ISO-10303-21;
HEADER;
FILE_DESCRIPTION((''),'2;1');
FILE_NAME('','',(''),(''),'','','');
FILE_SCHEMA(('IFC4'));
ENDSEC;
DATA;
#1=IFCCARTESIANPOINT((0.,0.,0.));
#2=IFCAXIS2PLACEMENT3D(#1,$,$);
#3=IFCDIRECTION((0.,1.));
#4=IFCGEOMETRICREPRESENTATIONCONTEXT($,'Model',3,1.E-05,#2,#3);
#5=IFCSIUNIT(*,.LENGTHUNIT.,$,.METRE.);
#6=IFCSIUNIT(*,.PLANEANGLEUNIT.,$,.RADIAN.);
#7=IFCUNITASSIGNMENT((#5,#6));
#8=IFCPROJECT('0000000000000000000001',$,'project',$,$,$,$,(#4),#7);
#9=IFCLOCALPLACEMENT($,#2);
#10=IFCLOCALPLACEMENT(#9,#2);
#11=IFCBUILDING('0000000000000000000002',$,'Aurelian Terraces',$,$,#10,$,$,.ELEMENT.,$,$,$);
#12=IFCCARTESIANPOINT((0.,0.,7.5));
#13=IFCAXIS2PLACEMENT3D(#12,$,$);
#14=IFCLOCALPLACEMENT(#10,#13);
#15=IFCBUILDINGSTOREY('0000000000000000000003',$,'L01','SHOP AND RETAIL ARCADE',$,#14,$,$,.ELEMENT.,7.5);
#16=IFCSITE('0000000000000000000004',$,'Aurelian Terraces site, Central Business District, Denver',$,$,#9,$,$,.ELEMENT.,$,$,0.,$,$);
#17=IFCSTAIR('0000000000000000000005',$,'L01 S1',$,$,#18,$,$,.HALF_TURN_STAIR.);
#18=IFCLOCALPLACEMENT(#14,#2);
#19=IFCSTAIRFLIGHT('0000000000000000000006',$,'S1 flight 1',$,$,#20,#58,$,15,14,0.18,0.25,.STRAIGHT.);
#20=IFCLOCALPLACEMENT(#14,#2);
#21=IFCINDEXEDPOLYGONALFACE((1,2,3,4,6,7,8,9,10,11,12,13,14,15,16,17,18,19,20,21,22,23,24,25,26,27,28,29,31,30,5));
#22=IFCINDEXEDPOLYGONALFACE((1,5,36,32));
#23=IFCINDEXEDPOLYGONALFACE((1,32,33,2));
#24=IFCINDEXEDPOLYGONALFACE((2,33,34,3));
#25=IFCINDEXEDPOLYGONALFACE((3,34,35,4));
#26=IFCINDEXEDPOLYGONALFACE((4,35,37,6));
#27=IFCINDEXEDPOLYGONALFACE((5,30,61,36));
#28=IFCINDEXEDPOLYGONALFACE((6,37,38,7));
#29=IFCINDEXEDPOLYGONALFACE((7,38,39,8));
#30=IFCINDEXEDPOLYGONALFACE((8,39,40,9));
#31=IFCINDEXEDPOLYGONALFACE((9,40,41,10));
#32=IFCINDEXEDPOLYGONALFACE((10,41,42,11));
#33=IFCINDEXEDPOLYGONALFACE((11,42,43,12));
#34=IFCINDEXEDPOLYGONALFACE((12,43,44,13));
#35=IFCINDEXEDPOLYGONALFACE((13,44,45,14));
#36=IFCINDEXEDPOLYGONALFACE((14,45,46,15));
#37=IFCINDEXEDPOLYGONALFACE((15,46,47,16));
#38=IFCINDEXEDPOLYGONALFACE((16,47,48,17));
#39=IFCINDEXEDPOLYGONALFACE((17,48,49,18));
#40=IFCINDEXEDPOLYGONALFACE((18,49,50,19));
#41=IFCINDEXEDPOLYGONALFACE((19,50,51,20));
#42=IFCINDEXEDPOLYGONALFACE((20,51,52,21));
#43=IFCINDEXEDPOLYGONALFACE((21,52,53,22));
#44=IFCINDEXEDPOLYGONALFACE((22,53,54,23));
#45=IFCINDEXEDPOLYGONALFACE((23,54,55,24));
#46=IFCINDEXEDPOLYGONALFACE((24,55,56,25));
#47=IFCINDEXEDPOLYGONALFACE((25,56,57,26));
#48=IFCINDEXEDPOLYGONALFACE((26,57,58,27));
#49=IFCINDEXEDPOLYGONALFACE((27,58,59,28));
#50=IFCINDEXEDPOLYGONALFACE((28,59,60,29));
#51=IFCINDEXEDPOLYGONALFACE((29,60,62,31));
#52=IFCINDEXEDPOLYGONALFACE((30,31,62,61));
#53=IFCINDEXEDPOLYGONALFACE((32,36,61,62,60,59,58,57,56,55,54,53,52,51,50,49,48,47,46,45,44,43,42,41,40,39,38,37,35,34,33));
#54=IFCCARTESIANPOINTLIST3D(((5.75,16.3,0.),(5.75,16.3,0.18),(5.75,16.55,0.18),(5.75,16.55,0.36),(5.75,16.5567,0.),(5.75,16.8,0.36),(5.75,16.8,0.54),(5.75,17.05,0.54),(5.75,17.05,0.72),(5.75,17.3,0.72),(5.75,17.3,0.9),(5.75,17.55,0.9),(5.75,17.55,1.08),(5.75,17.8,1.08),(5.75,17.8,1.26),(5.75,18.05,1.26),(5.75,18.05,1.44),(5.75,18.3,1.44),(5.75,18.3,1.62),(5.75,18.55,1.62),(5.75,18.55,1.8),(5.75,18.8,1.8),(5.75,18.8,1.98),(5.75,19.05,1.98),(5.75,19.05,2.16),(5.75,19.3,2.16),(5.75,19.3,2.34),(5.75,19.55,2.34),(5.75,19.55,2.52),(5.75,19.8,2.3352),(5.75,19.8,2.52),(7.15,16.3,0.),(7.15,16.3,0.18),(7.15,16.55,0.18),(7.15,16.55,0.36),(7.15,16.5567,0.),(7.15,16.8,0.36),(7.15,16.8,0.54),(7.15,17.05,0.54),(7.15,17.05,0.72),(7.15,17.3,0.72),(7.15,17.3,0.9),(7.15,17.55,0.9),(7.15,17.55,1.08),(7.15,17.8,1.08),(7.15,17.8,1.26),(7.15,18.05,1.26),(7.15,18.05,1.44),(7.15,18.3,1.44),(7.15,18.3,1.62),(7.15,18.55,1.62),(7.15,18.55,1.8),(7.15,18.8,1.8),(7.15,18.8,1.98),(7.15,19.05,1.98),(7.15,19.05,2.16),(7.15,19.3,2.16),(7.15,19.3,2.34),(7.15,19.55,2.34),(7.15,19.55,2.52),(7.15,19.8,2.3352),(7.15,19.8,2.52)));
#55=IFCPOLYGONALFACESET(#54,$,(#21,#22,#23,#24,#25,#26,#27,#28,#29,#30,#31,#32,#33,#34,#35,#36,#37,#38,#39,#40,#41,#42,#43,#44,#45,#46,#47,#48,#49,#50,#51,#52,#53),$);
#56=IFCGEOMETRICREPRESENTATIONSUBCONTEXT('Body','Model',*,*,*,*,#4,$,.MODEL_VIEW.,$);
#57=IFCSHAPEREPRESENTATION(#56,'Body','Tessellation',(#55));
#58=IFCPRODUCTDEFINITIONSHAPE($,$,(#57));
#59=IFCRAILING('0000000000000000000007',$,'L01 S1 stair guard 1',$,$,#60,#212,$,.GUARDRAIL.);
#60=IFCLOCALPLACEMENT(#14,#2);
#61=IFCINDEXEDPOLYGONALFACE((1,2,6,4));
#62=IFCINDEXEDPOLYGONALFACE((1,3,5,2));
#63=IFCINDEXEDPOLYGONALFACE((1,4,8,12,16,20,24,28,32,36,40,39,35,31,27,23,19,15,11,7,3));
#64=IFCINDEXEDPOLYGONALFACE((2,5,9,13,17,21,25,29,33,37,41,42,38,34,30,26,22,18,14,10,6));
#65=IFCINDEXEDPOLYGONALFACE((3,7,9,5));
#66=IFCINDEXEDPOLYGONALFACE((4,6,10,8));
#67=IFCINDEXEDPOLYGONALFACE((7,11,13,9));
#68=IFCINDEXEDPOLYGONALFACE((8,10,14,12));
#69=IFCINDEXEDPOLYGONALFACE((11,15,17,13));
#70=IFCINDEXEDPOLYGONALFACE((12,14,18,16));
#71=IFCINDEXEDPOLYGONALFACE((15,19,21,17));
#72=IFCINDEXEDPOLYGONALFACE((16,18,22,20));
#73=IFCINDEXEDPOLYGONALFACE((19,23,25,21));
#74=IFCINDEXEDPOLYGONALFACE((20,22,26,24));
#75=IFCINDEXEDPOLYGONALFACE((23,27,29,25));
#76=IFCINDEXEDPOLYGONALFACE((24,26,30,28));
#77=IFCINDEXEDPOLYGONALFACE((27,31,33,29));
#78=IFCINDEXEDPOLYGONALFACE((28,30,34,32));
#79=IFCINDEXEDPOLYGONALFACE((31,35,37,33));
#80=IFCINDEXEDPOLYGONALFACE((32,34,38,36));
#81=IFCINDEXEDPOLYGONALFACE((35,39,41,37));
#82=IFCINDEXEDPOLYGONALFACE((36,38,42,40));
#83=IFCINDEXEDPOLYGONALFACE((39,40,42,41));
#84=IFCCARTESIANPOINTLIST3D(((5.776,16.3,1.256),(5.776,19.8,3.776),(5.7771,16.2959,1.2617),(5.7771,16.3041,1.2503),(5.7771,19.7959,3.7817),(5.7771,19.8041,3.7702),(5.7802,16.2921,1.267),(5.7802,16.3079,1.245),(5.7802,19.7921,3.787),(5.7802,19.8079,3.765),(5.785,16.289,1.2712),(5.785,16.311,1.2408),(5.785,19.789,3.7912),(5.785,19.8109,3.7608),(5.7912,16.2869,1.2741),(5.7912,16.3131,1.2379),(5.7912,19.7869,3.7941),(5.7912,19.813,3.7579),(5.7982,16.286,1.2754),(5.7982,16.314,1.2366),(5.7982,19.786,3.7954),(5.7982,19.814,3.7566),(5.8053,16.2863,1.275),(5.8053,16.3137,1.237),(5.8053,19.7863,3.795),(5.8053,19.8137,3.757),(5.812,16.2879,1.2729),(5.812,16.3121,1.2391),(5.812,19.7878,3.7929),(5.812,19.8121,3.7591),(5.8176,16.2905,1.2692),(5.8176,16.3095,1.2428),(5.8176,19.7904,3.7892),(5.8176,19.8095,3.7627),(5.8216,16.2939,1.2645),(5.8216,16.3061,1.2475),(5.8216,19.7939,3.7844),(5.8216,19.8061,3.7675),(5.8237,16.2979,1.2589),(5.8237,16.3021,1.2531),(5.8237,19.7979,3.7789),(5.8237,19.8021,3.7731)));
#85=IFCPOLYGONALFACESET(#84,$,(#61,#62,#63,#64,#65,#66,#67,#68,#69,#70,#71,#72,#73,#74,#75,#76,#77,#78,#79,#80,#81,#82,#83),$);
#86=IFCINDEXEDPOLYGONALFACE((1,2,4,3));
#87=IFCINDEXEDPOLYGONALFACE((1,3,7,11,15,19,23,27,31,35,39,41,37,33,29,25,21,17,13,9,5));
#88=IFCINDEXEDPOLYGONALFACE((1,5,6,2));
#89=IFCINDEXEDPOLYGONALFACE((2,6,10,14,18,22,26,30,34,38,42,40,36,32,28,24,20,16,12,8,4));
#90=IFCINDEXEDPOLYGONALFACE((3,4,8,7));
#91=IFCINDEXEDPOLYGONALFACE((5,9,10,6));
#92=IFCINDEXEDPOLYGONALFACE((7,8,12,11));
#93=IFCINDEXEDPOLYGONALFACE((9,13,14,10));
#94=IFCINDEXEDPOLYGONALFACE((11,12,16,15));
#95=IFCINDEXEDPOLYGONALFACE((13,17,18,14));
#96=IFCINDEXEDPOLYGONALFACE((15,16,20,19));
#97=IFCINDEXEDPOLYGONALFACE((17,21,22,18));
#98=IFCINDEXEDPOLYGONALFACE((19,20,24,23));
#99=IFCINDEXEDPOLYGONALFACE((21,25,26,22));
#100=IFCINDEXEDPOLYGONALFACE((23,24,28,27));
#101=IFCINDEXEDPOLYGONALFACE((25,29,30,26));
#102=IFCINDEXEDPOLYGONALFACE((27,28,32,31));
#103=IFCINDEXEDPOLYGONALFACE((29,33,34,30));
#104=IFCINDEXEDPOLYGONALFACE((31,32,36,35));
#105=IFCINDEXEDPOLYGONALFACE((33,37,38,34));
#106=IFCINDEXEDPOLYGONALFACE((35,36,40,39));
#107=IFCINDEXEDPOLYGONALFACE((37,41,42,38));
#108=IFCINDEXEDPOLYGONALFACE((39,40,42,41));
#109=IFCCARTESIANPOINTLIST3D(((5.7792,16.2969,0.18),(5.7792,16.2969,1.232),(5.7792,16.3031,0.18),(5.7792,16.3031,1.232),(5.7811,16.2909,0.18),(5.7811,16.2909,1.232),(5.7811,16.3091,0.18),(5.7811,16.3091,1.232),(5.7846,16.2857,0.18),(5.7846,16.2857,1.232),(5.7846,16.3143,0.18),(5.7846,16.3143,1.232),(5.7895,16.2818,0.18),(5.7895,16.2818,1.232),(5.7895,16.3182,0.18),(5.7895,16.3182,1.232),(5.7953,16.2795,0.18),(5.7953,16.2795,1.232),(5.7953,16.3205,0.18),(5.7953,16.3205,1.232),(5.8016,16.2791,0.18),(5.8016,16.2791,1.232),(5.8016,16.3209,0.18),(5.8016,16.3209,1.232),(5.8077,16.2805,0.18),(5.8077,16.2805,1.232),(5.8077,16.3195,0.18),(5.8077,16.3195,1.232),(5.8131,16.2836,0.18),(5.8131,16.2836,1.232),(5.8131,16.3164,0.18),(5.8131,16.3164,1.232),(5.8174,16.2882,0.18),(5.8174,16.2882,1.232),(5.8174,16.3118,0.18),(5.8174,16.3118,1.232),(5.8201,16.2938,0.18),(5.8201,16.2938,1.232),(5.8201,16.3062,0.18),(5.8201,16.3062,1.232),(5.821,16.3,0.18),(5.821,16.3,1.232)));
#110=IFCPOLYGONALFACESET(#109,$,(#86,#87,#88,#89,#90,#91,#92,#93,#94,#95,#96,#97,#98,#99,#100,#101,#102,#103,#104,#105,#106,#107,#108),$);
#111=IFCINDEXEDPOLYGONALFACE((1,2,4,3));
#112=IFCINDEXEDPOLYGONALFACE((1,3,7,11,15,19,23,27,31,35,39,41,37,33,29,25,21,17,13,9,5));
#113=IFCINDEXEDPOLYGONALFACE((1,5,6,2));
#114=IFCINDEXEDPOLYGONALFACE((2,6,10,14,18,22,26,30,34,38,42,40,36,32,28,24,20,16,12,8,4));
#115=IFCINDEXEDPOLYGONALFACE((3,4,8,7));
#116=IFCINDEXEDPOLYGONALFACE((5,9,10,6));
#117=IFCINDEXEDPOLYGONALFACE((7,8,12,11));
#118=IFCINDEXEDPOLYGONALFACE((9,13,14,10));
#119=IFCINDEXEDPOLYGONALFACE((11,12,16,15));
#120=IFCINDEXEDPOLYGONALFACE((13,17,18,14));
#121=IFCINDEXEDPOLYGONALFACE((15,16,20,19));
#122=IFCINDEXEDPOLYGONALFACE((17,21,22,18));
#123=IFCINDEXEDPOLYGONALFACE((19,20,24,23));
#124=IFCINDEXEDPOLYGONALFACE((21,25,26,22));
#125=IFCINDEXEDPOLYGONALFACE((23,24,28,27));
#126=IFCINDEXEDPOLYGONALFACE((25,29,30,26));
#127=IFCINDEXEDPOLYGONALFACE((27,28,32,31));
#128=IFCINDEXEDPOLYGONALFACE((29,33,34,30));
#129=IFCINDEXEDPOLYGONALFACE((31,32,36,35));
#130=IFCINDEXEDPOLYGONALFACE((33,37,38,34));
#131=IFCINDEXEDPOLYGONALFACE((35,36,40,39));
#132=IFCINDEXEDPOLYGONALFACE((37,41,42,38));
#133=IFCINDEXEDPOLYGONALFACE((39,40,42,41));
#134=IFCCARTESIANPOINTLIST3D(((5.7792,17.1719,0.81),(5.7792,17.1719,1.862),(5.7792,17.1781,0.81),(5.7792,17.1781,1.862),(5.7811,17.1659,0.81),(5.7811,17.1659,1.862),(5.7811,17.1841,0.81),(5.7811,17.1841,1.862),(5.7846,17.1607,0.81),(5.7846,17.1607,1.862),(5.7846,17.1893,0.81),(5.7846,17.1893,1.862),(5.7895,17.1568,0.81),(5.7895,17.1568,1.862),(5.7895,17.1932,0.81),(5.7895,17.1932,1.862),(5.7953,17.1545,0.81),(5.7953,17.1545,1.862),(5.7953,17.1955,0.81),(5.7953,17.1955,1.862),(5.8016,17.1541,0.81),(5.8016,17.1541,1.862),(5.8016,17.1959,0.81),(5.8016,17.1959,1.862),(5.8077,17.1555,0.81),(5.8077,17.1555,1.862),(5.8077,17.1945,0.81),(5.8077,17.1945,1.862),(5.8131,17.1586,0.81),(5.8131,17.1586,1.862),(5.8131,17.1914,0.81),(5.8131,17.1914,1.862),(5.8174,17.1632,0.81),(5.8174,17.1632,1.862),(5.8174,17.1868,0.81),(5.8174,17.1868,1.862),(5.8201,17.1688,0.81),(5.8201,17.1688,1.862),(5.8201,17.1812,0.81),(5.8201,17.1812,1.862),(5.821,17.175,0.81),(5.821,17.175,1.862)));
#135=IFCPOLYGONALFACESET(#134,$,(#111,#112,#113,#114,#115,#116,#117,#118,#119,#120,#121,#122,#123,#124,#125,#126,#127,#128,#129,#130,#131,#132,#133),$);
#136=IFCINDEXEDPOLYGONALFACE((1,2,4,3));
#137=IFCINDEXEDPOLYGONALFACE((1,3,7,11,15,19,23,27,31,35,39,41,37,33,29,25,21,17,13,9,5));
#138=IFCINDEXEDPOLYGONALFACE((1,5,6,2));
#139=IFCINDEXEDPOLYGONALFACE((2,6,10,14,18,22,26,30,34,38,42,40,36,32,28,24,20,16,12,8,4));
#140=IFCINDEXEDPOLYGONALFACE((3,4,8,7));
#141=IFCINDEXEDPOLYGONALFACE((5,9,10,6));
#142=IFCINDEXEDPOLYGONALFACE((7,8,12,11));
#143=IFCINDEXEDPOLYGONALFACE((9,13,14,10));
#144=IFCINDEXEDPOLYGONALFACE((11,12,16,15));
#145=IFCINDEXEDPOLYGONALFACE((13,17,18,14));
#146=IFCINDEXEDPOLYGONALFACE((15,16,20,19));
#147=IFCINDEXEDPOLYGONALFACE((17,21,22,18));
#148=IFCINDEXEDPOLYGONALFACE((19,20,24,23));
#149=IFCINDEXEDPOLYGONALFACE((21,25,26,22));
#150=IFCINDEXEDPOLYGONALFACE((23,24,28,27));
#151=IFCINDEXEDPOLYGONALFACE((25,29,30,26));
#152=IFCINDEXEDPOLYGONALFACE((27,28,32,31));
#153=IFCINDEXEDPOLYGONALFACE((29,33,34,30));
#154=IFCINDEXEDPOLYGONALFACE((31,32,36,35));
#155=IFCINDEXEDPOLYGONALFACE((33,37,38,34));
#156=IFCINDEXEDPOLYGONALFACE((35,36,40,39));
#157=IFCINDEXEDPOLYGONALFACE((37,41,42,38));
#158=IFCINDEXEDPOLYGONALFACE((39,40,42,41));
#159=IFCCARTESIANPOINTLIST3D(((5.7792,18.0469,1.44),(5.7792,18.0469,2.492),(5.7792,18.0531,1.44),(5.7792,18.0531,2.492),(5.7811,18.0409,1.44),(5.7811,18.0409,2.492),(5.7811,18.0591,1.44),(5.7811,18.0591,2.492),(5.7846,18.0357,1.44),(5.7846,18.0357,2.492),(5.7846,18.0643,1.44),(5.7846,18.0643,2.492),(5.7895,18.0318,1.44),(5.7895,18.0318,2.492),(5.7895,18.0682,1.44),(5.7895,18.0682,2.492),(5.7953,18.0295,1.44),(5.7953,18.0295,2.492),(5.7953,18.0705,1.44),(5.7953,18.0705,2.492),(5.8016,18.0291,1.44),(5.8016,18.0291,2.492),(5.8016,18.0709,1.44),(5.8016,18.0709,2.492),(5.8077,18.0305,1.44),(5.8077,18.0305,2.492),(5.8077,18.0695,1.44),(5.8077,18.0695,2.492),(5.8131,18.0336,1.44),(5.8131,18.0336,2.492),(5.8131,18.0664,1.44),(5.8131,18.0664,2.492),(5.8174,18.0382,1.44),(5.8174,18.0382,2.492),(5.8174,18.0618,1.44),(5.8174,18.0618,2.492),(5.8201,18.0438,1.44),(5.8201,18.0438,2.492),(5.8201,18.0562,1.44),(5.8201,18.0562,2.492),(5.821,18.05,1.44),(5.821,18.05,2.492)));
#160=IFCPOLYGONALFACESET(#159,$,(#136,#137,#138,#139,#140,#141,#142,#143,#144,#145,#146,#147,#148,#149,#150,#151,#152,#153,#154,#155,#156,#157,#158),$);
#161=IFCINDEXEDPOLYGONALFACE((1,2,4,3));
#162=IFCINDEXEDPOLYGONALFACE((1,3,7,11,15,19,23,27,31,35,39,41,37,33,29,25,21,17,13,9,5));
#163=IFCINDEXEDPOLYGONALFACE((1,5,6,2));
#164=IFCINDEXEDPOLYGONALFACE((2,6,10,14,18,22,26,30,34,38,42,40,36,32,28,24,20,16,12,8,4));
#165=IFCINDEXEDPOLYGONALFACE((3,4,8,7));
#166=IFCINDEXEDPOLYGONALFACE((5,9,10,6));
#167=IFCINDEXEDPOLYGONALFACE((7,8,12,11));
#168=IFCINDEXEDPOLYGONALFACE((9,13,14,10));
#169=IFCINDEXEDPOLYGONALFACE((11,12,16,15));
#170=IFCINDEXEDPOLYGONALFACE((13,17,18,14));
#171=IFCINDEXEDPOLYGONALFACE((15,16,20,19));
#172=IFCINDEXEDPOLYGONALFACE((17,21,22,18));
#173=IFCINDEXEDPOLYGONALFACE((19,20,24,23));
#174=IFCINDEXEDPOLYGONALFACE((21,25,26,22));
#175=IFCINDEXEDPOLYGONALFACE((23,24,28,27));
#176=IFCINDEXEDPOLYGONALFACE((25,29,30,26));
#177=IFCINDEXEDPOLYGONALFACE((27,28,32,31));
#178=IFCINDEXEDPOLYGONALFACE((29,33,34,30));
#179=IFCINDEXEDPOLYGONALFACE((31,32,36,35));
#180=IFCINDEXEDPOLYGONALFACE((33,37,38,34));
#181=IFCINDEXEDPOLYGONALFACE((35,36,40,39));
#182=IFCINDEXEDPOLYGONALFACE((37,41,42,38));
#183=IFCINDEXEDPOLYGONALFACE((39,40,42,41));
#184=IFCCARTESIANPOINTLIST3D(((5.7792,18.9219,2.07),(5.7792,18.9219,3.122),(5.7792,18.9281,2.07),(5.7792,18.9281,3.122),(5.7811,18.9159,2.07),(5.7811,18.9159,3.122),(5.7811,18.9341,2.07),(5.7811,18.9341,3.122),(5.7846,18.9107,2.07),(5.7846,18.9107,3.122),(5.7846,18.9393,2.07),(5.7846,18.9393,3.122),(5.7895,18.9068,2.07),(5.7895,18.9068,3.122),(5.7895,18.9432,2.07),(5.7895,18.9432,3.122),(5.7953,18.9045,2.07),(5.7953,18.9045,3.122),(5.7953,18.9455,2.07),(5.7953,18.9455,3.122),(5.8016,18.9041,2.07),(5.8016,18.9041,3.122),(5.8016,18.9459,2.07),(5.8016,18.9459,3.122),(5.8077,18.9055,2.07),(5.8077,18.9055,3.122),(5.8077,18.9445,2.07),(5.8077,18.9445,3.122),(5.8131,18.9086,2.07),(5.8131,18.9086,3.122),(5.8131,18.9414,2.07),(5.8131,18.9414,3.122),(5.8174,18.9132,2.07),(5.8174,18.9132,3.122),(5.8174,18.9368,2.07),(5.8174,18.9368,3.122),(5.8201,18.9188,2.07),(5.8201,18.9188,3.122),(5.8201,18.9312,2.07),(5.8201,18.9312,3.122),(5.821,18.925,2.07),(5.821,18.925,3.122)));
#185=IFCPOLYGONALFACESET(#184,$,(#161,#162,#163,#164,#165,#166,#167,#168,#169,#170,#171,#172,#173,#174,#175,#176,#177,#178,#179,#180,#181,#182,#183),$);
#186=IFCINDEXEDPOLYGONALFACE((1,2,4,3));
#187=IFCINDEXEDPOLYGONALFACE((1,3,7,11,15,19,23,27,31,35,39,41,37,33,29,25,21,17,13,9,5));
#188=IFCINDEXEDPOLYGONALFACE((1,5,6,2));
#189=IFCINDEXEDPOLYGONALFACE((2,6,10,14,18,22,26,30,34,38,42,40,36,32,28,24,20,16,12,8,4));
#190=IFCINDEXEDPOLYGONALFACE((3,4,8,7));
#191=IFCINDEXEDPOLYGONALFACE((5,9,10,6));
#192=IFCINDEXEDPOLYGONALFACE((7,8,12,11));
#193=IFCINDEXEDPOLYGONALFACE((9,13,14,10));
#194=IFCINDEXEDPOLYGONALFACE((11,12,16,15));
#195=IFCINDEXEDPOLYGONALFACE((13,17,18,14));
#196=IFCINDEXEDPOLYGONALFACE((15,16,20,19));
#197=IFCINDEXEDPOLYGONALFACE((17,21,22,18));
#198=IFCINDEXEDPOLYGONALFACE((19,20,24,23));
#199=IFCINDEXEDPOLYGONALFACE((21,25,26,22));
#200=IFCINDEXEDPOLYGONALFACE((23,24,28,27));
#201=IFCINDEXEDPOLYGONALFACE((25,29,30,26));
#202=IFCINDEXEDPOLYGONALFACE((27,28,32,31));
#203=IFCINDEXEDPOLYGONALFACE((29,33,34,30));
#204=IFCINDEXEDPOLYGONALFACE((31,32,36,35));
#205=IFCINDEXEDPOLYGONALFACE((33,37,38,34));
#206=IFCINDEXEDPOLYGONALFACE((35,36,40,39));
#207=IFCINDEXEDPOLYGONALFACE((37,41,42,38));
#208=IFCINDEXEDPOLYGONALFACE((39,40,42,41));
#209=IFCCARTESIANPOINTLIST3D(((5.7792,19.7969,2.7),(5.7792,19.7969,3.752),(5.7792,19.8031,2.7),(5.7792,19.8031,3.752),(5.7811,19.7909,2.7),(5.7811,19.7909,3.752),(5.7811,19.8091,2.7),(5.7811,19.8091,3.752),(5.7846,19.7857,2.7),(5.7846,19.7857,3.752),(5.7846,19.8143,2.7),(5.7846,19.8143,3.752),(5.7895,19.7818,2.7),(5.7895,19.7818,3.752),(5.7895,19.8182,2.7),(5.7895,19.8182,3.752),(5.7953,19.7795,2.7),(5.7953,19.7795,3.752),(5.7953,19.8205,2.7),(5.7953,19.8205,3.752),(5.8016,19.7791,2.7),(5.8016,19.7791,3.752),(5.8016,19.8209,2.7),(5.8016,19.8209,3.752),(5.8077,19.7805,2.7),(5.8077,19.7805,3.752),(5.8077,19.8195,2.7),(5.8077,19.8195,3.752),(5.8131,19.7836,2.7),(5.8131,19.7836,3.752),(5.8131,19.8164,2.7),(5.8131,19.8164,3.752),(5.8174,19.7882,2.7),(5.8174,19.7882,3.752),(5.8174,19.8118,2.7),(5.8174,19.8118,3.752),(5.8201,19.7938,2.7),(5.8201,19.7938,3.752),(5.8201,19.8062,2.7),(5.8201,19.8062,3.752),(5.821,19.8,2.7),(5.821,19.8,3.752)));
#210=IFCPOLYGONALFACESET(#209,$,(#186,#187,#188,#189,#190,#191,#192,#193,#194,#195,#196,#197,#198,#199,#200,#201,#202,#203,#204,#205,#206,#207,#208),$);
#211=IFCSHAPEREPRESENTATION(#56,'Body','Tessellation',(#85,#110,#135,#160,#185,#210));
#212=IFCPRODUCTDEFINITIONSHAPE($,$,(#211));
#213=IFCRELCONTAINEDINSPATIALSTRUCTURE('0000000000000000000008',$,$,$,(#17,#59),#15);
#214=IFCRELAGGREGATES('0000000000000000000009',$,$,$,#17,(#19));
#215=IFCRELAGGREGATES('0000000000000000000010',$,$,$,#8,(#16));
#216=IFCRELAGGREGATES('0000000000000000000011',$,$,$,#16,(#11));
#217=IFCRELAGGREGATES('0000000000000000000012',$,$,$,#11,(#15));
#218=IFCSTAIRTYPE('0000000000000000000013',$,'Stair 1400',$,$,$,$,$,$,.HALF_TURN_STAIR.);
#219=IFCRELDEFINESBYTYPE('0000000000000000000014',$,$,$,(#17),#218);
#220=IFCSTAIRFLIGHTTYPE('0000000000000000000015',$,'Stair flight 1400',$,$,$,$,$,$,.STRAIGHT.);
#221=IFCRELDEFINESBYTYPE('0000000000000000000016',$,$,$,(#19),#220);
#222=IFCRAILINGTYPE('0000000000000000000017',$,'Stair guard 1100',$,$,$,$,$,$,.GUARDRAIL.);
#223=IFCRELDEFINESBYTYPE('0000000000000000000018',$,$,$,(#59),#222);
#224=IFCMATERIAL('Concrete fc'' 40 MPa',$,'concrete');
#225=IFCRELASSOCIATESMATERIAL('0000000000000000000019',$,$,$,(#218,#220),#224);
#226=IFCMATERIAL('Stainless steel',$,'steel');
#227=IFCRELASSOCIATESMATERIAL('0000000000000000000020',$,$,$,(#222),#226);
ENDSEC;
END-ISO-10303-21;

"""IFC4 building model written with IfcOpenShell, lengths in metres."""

from ifc_helpers import new_model, si_unit, direction, frame, origin, origin_2d, place, context, subcontext, project, spatial, polyline, circle, outline, extrude, material, type_object, element, aggregate, save


model = new_model("IFC4")

# Units and contexts
model_context = context("Model", 3, precision=1e-05, world=origin(), true_north=direction((0.0, 1.0)))
body_context = subcontext(model_context, "Body", "Model", "MODEL_VIEW")
ifc_project = project(units=[si_unit("LENGTHUNIT", "METRE"), si_unit("PLANEANGLEUNIT", "RADIAN")], contexts=[model_context])

# Site, building, storey
site_placement = place(None, origin())
site = spatial("IfcSite", under=ifc_project, at=site_placement, Name="Aurelian Terraces site, Central Business District, Denver", CompositionType="ELEMENT", RefElevation=0.0)
building_placement = place(site_placement, origin())
building = spatial("IfcBuilding", under=site, at=building_placement, Name="Aurelian Terraces", CompositionType="ELEMENT")
storey_placement = place(building_placement, frame((0.0, 0.0, 7.5)))
storey = spatial("IfcBuildingStorey", under=building, at=storey_placement, Name="L01", Description="SHOP AND RETAIL ARCADE", CompositionType="ELEMENT", Elevation=7.5)

# Shared definitions
ifc_material_1 = material(Name="Concrete fc' 40 MPa", Category="concrete")

# Shared definitions
ifc_material_2 = material(Name="Stainless steel", Category="steel")

# Stair, stair flight
stair_type = type_object("IfcStairType", Name="Stair 1400", PredefinedType="HALF_TURN_STAIR", material=ifc_material_1)
stair_placement = place(storey_placement, origin())
stair = element("IfcStair", 1, at=stair_placement, inside=storey, type_object=stair_type, Name="L01 S1", PredefinedType="HALF_TURN_STAIR")
stair_flight_type = type_object("IfcStairFlightType", Name="Stair flight 1400", PredefinedType="STRAIGHT", material=ifc_material_1)
stair_flight_placement = place(storey_placement, frame((6.45, 16.3, 0.0), z_axis=(0.0, 0.0, 1.0), x_axis=(0.0, 1.0, 0.0)))
stair_flight = element("IfcStairFlight", 2, at=stair_flight_placement, type_object=stair_flight_type, Name="S1 flight 1", NumberOfRisers=15, NumberOfTreads=14, PredefinedType="STRAIGHT", RiserHeight=0.18, TreadLength=0.25, context=body_context, shape_type="SweptSolid", body=[
    extrude(outline(polyline([(0.0, 0.0), (0.0, 0.18), (0.25, 0.18), (0.25, 0.36), (0.5, 0.36), (0.5, 0.54), (0.75, 0.54), (0.75, 0.72), (1.0, 0.72), (1.0, 0.9), (1.25, 0.9), (1.25, 1.08), (1.5, 1.08), (1.5, 1.26), (1.75, 1.26), (1.75, 1.44), (2.0, 1.44), (2.0, 1.62), (2.25, 1.62), (2.25, 1.8), (2.5, 1.8), (2.5, 1.98), (2.75, 1.98), (2.75, 2.16), (3.0, 2.16), (3.0, 2.34), (3.25, 2.34), (3.25, 2.52), (3.5, 2.52), (3.5, 2.7), (3.5, 2.3352), (0.2567, 0.0), (0.0, 0.0)])), frame((0.0, 0.7, 0.0), z_axis=(0.0, -1.0, 0.0), x_axis=(1.0, 0.0, 0.0)), (0.0, 0.0, 1.0), 1.4),
])
aggregate(stair, [stair_flight])

# Railing
railing_type_1 = type_object("IfcRailingType", Name="Stair guard 1100", PredefinedType="GUARDRAIL", material=ifc_material_2)
railing_1_placement = place(storey_placement, frame((5.8, 16.3, 0.18)))
element("IfcRailing", 3, at=railing_1_placement, inside=storey, type_object=railing_type_1, Name="L01 S1 stair guard 1", PredefinedType="GUARDRAIL", context=body_context, shape_type="SweptSolid", body=[
    extrude(circle(Radius=0.024, at=origin_2d()), frame((0.0, 0.0, 1.076), z_axis=(0.0, 0.811534, 0.584305), x_axis=(-1.0, 0.0, 0.0)), (0.0, 0.0, 1.0), 4.3128),
    extrude(circle(Radius=0.021, at=origin_2d()), origin(), (0.0, 0.0, 1.0), 1.052),
    extrude(circle(Radius=0.021, at=origin_2d()), frame((0.0, 0.875, 0.63)), (0.0, 0.0, 1.0), 1.052),
    extrude(circle(Radius=0.021, at=origin_2d()), frame((0.0, 1.75, 1.26)), (0.0, 0.0, 1.0), 1.052),
    extrude(circle(Radius=0.021, at=origin_2d()), frame((0.0, 2.625, 1.89)), (0.0, 0.0, 1.0), 1.052),
    extrude(circle(Radius=0.021, at=origin_2d()), frame((0.0, 3.5, 2.52)), (0.0, 0.0, 1.0), 1.052),
])

save(model, "model.ifc")
